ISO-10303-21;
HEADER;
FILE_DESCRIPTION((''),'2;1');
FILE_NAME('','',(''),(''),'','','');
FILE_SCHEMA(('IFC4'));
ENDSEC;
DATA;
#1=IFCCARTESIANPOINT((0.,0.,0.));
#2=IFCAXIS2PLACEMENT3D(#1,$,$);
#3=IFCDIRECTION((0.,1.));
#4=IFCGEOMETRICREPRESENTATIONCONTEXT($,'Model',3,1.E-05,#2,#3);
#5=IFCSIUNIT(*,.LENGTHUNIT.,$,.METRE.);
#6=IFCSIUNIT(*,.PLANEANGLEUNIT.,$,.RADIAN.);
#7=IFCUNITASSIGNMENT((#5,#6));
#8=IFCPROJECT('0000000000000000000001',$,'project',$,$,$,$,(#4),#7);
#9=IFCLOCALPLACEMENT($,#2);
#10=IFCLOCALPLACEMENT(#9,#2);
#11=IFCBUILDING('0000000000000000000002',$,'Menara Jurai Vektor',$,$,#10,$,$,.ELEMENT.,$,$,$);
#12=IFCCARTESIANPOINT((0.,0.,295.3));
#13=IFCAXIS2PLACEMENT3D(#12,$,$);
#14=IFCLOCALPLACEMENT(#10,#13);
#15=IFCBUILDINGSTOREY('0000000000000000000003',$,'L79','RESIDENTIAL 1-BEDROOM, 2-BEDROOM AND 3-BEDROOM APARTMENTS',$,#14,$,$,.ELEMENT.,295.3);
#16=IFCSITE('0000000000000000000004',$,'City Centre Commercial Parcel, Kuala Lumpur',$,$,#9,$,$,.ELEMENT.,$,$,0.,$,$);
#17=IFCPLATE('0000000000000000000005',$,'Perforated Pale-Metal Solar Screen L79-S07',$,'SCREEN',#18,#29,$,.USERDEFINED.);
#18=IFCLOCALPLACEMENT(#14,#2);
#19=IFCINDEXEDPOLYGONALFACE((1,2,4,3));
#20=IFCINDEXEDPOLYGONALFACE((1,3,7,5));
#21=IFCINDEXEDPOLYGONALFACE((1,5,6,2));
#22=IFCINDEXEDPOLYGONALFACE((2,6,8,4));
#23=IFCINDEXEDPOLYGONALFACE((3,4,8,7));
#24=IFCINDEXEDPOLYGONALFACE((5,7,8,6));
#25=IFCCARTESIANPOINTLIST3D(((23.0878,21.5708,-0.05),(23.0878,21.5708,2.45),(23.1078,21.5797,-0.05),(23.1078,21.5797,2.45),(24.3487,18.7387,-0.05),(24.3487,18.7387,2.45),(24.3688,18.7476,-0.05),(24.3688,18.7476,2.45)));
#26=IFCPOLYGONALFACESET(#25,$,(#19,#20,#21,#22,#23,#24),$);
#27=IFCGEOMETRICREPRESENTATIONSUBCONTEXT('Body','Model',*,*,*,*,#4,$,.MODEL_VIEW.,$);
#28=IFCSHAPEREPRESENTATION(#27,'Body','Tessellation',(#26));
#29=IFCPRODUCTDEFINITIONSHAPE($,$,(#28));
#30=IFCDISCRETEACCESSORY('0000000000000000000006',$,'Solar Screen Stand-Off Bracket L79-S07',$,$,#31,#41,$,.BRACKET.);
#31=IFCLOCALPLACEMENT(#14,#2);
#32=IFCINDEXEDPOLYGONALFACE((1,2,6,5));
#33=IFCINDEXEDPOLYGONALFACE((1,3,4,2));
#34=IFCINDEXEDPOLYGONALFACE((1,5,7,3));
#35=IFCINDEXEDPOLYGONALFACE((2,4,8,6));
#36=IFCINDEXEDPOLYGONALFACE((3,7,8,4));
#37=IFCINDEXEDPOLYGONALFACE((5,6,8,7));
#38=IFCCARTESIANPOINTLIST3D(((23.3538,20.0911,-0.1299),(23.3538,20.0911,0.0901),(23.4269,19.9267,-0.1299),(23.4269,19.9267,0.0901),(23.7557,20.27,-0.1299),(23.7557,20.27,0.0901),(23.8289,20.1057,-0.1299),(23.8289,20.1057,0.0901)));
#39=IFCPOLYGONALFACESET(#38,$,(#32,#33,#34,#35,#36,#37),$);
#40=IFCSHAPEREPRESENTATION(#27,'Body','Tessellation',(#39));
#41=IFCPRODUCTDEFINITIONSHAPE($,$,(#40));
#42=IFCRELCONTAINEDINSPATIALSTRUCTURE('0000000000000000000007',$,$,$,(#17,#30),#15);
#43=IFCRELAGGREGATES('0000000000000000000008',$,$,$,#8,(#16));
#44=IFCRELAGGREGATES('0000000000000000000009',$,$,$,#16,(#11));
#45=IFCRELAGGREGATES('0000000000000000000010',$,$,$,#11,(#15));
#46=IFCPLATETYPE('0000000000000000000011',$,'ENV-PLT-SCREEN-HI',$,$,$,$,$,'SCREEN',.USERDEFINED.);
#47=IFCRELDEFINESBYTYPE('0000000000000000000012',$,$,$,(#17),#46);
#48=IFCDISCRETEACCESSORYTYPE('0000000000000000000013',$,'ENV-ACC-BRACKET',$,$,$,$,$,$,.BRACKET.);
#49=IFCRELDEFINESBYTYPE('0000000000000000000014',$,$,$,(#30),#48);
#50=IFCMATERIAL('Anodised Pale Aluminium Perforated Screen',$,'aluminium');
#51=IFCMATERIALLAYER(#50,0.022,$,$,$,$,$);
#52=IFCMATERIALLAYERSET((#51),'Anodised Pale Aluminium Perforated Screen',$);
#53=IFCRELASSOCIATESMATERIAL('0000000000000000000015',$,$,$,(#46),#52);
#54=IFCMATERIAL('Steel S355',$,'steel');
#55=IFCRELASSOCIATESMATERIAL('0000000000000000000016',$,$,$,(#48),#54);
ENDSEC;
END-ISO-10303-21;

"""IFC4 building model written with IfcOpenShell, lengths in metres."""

from ifc_helpers import new_model, si_unit, direction, frame, origin, origin_2d, place, context, subcontext, project, spatial, rectangle, extrude, material, layer, layer_set, type_object, element, save


model = new_model("IFC4")

# Units and contexts
model_context = context("Model", 3, precision=1e-05, world=origin(), true_north=direction((0.0, 1.0)))
body_context = subcontext(model_context, "Body", "Model", "MODEL_VIEW")
ifc_project = project(units=[si_unit("LENGTHUNIT", "METRE"), si_unit("PLANEANGLEUNIT", "RADIAN")], contexts=[model_context])

# Site, building, storey
site_placement = place(None, origin())
site = spatial("IfcSite", under=ifc_project, at=site_placement, Name="City Centre Commercial Parcel, Kuala Lumpur", CompositionType="ELEMENT", RefElevation=0.0)
building_placement = place(site_placement, origin())
building = spatial("IfcBuilding", under=site, at=building_placement, Name="Menara Jurai Vektor", CompositionType="ELEMENT")
storey_placement = place(building_placement, frame((0.0, 0.0, 295.3)))
storey = spatial("IfcBuildingStorey", under=building, at=storey_placement, Name="L79", Description="RESIDENTIAL 1-BEDROOM, 2-BEDROOM AND 3-BEDROOM APARTMENTS", CompositionType="ELEMENT", Elevation=295.3)

# Shared definitions
ifc_material_1 = material(Name="Steel S355", Category="steel")

# Plate
ifc_material_2 = material(Name="Anodised Pale Aluminium Perforated Screen", Category="aluminium")
ifc_layer_1 = layer(ifc_material_2, 0.022)
ifc_layer_set_1 = layer_set([ifc_layer_1], Name="Anodised Pale Aluminium Perforated Screen")
plate_type_1 = type_object("IfcPlateType", Name="ENV-PLT-SCREEN-HI", ElementType="SCREEN", PredefinedType="USERDEFINED", material=ifc_layer_set_1)
plate_1_placement = place(storey_placement, frame((23.7283, 20.1592, -0.05), z_axis=(0.0, 0.0, 1.0), x_axis=(-0.406737, 0.913545, 0.0)))
element("IfcPlate", 1, at=plate_1_placement, inside=storey, type_object=plate_type_1, Name="Perforated Pale-Metal Solar Screen L79-S07", ObjectType="SCREEN", PredefinedType="USERDEFINED", context=body_context, shape_type="SweptSolid", body=[
    extrude(rectangle(XDim=3.1001, YDim=0.022, at=origin_2d()), origin(), (0.0, 0.0, 1.0), 2.5),
])

# Discrete accessory
discrete_accessory_type = type_object("IfcDiscreteAccessoryType", Name="ENV-ACC-BRACKET", PredefinedType="BRACKET", material=ifc_material_1)
discrete_accessory_placement = place(storey_placement, frame((23.5913, 20.0984, -0.1299), z_axis=(0.0, 0.0, 1.0), x_axis=(-0.406737, 0.913545, 0.0)))
element("IfcDiscreteAccessory", 2, at=discrete_accessory_placement, inside=storey, type_object=discrete_accessory_type, Name="Solar Screen Stand-Off Bracket L79-S07", PredefinedType="BRACKET", context=body_context, shape_type="SweptSolid", body=[
    extrude(rectangle(XDim=0.1799, YDim=0.4399, at=origin_2d()), origin(), (0.0, 0.0, 1.0), 0.22),
])

save(model, "model.ifc")
